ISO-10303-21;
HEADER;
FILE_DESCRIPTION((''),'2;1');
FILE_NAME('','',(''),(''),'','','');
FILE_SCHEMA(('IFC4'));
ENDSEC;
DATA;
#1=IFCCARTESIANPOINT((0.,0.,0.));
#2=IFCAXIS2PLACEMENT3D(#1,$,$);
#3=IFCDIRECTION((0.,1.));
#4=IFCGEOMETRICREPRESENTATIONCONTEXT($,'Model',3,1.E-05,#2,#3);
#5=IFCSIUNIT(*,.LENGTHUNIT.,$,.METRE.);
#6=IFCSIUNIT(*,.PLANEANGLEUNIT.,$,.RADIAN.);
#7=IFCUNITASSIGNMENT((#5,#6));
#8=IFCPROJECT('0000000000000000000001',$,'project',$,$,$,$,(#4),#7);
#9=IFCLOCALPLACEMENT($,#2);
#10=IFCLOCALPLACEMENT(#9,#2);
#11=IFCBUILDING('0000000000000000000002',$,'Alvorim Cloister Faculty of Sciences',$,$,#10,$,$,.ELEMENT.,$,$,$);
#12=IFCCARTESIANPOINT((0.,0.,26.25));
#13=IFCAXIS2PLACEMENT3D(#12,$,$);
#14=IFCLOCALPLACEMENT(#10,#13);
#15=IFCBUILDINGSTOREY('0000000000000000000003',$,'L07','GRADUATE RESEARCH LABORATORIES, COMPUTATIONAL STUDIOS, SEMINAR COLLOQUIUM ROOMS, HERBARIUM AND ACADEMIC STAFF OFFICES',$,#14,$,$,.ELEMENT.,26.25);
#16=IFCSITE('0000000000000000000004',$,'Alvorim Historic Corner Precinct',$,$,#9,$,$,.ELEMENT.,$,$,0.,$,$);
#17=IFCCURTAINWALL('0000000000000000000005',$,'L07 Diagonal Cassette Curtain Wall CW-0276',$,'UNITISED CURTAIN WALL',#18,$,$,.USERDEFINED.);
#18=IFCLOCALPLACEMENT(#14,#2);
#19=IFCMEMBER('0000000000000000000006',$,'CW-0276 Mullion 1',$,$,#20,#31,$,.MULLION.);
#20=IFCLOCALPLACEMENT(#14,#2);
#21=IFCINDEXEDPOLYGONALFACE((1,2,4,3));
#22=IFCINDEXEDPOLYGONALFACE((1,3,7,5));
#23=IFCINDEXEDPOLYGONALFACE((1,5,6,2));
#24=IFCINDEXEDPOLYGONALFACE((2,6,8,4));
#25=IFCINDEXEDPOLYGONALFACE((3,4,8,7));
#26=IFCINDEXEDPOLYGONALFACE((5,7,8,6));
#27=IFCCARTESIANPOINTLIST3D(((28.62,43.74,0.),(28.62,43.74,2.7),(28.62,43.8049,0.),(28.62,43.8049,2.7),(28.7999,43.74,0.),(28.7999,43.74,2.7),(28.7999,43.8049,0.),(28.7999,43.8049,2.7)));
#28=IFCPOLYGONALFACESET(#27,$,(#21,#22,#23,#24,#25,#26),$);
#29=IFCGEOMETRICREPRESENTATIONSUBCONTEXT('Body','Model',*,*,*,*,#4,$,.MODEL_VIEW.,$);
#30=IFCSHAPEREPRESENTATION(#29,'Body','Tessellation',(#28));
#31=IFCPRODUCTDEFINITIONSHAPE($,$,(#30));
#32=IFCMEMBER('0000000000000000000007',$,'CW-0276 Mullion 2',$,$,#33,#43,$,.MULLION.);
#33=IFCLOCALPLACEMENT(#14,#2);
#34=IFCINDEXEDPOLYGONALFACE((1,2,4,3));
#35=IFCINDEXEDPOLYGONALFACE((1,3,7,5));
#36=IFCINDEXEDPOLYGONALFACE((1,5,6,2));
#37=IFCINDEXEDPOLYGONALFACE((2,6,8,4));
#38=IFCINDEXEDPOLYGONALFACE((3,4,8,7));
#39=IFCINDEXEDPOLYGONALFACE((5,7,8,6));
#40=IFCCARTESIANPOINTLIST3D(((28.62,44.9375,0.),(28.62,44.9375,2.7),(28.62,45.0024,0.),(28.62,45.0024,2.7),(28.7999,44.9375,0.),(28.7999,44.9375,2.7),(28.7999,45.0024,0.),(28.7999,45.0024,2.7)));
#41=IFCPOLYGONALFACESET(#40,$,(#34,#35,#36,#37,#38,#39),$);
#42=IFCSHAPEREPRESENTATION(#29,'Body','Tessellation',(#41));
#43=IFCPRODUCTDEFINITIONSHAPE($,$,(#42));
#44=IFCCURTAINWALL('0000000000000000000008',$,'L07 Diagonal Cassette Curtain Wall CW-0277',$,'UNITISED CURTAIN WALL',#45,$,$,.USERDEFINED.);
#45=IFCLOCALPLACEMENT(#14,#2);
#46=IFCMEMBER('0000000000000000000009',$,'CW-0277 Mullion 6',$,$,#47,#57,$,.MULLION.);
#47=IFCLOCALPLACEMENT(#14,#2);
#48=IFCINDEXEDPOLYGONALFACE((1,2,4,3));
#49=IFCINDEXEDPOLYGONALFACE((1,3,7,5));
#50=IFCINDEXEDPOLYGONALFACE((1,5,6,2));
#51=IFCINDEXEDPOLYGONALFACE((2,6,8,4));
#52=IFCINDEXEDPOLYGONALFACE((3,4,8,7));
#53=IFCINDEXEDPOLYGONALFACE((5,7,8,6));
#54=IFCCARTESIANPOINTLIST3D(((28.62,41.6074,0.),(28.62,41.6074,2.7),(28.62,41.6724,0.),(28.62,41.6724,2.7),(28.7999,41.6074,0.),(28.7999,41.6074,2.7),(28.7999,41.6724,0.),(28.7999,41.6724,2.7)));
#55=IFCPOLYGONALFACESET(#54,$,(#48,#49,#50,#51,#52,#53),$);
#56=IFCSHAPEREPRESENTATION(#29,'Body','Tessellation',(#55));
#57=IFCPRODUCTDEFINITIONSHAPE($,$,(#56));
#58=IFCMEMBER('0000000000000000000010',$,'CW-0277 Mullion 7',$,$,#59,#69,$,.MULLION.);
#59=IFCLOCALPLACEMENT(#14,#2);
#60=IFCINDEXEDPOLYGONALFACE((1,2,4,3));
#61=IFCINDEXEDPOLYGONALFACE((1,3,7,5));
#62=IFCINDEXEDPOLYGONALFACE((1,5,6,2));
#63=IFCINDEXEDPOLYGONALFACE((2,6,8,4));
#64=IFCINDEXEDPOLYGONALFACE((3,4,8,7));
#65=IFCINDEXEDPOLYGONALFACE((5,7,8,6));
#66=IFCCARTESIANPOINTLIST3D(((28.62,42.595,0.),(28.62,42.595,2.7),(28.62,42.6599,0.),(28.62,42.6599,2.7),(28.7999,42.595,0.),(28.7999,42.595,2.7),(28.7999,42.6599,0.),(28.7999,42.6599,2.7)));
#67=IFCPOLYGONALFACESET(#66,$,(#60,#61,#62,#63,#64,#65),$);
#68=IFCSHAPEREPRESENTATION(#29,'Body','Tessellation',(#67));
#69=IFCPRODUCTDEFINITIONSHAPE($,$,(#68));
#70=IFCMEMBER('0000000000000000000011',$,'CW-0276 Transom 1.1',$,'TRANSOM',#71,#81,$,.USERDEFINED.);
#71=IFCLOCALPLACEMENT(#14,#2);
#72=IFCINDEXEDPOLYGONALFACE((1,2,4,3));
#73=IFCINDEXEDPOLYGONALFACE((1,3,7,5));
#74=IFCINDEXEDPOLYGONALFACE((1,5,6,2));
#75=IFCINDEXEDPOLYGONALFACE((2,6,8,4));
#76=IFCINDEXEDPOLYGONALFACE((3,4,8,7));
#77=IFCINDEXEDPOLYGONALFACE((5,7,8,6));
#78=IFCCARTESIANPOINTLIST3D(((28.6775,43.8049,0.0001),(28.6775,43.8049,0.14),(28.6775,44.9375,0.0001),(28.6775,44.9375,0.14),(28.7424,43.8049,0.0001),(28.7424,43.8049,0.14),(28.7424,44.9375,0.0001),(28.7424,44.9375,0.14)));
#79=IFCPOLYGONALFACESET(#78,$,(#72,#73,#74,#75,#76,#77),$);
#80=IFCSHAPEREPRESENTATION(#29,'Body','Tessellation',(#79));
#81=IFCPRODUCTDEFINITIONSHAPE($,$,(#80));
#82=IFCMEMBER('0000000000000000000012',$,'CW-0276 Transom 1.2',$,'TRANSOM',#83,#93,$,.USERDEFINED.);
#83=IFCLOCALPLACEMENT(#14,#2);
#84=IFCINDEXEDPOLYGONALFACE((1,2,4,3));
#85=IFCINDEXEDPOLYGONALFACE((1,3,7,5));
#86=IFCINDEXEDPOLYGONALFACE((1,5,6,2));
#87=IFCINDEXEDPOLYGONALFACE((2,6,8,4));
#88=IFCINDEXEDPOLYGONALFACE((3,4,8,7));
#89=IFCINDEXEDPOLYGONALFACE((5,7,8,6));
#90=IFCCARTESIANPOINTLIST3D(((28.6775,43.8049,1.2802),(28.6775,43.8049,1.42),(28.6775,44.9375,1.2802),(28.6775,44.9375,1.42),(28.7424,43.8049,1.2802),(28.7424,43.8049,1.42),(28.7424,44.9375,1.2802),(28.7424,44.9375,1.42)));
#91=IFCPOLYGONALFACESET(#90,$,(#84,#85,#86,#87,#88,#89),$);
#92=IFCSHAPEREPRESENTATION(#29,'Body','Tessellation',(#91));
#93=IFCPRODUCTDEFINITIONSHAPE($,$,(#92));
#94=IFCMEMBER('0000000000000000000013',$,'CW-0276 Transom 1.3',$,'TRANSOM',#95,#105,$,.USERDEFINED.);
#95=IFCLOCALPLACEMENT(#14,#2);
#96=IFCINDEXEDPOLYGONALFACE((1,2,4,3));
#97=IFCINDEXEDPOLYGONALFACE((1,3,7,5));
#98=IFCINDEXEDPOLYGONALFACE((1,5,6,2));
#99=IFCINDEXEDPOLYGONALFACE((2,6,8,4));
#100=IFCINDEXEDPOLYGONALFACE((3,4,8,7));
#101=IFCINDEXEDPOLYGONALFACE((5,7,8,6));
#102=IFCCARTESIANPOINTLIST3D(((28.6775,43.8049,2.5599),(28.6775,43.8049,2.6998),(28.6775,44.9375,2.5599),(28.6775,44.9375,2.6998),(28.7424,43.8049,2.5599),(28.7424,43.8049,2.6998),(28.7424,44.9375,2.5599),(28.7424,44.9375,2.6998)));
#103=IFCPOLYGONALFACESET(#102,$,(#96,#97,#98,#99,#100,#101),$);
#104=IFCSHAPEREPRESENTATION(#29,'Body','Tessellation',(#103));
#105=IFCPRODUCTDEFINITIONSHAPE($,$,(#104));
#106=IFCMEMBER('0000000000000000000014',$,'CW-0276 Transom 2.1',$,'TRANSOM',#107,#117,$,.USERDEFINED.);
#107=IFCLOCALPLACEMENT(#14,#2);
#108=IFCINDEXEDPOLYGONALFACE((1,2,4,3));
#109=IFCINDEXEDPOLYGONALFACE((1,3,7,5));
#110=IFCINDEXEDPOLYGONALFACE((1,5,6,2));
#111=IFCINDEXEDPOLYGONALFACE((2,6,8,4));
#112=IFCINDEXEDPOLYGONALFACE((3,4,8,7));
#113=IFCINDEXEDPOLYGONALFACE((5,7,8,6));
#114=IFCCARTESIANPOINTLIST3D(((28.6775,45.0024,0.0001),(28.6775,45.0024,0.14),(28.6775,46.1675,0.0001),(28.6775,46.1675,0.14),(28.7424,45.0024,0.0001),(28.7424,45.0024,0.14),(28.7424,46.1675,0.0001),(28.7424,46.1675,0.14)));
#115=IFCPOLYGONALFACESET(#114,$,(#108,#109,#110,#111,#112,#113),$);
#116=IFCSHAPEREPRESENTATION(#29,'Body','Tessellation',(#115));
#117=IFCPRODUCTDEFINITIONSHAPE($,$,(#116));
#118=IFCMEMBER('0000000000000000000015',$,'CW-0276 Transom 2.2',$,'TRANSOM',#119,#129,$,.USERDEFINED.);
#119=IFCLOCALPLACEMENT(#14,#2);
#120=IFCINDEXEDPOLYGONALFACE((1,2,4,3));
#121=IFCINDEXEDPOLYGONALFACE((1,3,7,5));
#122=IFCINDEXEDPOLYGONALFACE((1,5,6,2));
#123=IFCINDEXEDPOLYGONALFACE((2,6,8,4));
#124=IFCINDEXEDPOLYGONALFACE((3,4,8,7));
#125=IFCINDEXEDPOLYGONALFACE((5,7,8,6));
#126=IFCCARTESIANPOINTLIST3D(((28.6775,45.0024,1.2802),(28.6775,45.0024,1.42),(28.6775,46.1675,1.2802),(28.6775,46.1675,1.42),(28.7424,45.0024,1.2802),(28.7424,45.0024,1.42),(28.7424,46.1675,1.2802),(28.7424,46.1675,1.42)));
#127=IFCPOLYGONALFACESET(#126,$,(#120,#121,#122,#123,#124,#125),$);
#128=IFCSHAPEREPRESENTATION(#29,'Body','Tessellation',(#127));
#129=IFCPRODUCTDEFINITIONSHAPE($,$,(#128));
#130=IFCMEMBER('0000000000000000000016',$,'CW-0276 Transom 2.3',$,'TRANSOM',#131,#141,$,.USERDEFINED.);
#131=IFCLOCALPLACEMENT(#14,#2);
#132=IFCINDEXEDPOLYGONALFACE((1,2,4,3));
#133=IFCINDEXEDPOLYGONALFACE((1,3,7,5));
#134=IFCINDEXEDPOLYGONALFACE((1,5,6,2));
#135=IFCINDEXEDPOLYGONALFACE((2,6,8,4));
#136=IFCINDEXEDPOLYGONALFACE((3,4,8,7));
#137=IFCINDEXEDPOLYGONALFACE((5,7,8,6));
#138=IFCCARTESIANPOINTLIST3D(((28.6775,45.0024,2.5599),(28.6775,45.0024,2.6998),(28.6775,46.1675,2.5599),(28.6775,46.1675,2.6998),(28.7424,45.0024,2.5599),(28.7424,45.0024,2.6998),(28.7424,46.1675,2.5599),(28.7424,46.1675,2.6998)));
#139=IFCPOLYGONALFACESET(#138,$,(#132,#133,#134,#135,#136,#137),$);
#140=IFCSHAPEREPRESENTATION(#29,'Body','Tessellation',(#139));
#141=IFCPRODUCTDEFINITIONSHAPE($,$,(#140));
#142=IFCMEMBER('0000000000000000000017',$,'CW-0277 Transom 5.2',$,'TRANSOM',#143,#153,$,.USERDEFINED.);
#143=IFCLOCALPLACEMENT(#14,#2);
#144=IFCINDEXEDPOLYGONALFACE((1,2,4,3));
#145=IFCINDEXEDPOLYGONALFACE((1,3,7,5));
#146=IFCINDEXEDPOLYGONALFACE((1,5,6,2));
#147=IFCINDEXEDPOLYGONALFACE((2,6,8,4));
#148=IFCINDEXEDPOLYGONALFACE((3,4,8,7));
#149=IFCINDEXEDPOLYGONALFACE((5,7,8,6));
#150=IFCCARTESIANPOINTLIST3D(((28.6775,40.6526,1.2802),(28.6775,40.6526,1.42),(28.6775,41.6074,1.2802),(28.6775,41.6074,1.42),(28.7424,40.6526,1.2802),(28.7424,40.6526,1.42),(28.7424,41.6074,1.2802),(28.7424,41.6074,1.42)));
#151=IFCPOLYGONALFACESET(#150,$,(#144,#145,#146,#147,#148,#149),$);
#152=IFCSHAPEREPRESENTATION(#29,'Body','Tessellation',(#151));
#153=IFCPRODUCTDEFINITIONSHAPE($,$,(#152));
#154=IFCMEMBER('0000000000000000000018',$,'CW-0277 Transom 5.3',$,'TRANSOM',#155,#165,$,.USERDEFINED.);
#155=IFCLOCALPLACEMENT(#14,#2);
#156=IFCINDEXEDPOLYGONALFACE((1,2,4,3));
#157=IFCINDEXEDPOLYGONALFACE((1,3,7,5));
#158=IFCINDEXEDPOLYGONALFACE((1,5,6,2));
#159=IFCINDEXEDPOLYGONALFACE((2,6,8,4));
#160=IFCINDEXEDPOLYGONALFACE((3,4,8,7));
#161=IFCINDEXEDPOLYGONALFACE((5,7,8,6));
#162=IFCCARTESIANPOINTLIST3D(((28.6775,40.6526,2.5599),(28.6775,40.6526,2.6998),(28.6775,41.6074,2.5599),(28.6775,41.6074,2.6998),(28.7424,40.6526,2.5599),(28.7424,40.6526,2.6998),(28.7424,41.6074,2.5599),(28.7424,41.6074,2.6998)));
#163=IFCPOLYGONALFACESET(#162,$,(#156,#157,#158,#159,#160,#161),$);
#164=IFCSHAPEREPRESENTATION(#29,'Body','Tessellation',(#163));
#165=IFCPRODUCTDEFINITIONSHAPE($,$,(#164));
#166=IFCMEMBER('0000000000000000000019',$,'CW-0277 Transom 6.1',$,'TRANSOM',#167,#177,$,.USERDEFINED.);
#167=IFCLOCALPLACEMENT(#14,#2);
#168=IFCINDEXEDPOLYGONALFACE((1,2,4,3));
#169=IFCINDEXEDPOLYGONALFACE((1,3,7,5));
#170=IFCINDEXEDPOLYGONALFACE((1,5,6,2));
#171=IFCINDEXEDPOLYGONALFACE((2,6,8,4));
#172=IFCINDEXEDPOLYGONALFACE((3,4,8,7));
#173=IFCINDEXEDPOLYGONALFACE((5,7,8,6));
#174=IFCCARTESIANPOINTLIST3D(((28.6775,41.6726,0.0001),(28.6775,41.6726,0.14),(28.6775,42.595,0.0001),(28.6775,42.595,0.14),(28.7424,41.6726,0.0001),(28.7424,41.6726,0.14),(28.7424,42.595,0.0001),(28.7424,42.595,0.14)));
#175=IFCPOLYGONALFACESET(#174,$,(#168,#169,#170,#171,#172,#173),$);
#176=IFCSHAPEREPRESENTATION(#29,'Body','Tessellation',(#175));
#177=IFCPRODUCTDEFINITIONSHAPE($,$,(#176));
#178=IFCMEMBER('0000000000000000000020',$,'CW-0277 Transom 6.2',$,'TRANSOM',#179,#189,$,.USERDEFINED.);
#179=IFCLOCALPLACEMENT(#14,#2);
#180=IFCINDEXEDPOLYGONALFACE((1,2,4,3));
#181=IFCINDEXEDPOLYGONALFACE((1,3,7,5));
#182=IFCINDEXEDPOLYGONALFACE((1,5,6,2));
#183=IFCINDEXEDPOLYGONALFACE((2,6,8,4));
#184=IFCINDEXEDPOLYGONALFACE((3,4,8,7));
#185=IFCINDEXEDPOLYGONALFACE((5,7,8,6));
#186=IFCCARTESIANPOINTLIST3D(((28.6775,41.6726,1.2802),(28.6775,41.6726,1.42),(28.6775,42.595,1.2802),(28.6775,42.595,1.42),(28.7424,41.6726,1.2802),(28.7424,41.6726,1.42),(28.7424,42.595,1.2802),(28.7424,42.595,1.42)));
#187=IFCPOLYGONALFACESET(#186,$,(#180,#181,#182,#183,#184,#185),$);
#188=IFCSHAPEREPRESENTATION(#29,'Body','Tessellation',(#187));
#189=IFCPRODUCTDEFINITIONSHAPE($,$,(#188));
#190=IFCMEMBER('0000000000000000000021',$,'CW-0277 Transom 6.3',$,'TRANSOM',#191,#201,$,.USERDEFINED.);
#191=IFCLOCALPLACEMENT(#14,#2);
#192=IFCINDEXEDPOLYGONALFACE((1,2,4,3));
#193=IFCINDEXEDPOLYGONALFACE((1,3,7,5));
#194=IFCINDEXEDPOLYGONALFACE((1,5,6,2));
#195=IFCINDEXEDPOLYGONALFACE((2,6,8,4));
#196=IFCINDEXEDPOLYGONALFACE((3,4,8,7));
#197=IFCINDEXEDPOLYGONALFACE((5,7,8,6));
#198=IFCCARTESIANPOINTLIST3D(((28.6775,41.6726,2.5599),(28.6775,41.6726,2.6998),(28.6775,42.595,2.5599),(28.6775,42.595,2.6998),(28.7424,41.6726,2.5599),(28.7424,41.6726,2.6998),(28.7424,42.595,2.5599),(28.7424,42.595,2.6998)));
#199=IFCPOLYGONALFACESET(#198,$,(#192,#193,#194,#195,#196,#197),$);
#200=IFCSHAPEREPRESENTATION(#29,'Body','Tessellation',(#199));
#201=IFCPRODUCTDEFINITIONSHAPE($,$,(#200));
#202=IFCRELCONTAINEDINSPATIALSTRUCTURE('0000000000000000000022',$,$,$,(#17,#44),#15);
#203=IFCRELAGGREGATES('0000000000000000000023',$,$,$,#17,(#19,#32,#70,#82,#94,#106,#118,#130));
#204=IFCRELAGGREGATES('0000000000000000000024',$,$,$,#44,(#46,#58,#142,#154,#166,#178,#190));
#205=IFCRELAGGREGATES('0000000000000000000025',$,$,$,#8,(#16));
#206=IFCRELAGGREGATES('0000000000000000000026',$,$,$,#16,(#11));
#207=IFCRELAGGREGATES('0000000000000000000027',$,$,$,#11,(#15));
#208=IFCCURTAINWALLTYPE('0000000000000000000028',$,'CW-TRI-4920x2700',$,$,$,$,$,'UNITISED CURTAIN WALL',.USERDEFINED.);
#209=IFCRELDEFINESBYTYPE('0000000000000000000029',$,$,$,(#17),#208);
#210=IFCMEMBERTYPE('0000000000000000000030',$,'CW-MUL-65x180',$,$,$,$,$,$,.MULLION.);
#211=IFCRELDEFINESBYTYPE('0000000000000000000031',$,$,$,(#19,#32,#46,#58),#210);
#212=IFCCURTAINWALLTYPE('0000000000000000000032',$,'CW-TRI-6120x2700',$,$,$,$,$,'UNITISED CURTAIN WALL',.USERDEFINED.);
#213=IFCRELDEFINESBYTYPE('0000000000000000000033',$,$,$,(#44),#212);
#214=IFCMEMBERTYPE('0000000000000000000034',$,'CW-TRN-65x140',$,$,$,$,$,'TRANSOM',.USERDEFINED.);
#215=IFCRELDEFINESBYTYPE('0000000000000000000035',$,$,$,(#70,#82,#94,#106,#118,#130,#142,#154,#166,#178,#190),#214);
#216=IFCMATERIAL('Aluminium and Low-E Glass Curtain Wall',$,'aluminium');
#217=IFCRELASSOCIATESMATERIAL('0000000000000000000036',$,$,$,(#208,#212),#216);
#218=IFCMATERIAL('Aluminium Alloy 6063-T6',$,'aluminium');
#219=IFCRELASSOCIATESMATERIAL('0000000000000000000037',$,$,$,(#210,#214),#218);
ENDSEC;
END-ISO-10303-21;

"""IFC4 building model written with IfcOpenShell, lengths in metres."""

from ifc_helpers import new_model, si_unit, direction, frame, origin, origin_2d, place, context, subcontext, project, spatial, rectangle, extrude, material, material_profile, profile_set, type_object, element, aggregate, save


model = new_model("IFC4")

# Units and contexts
model_context = context("Model", 3, precision=1e-05, world=origin(), true_north=direction((0.0, 1.0)))
body_context = subcontext(model_context, "Body", "Model", "MODEL_VIEW")
ifc_project = project(units=[si_unit("LENGTHUNIT", "METRE"), si_unit("PLANEANGLEUNIT", "RADIAN")], contexts=[model_context])

# Site, building, storey
site_placement = place(None, origin())
site = spatial("IfcSite", under=ifc_project, at=site_placement, Name="Alvorim Historic Corner Precinct", CompositionType="ELEMENT", RefElevation=0.0)
building_placement = place(site_placement, origin())
building = spatial("IfcBuilding", under=site, at=building_placement, Name="Alvorim Cloister Faculty of Sciences", CompositionType="ELEMENT")
storey_placement = place(building_placement, frame((0.0, 0.0, 26.25)))
storey = spatial("IfcBuildingStorey", under=building, at=storey_placement, Name="L07", Description="GRADUATE RESEARCH LABORATORIES, COMPUTATIONAL STUDIOS, SEMINAR COLLOQUIUM ROOMS, HERBARIUM AND ACADEMIC STAFF OFFICES", CompositionType="ELEMENT", Elevation=26.25)

# Curtain walls, members
ifc_material_1 = material(Name="Aluminium and Low-E Glass Curtain Wall", Category="aluminium")
curtain_wall_type_1 = type_object("IfcCurtainWallType", Name="CW-TRI-4920x2700", ElementType="UNITISED CURTAIN WALL", PredefinedType="USERDEFINED", material=ifc_material_1)
curtain_wall_1_placement = place(storey_placement, origin())
curtain_wall_1 = element("IfcCurtainWall", 1, at=curtain_wall_1_placement, inside=storey, type_object=curtain_wall_type_1, Name="L07 Diagonal Cassette Curtain Wall CW-0276", ObjectType="UNITISED CURTAIN WALL", PredefinedType="USERDEFINED")
ifc_material_2 = material(Name="Aluminium Alloy 6063-T6", Category="aluminium")
ifc_material_profile_1 = material_profile(ifc_material_2, rectangle(XDim=0.0649, YDim=0.1799, at=origin_2d()), Name="ALU-MUL-65x180")
ifc_profile_set_1 = profile_set([ifc_material_profile_1], Name="Aluminium Alloy 6063-T6")
member_type_1 = type_object("IfcMemberType", Name="CW-MUL-65x180", PredefinedType="MULLION", material=ifc_profile_set_1)
member_1_placement = place(storey_placement, frame((28.71, 43.7725, 0.0), z_axis=(0.0, 0.0, 1.0), x_axis=(0.0, 1.0, 0.0)))
member_1 = element("IfcMember", 2, at=member_1_placement, type_object=member_type_1, Name="CW-0276 Mullion 1", PredefinedType="MULLION", context=body_context, shape_type="SweptSolid", body=[
    extrude(rectangle(XDim=0.0649, YDim=0.1799, at=origin_2d()), origin(), (0.0, 0.0, 1.0), 2.7),
])
member_2_placement = place(storey_placement, frame((28.71, 44.97, 0.0), z_axis=(0.0, 0.0, 1.0), x_axis=(0.0, 1.0, 0.0)))
member_2 = element("IfcMember", 3, at=member_2_placement, type_object=member_type_1, Name="CW-0276 Mullion 2", PredefinedType="MULLION", context=body_context, shape_type="SweptSolid", body=[
    extrude(rectangle(XDim=0.0649, YDim=0.1799, at=origin_2d()), origin(), (0.0, 0.0, 1.0), 2.7),
])
curtain_wall_type_2 = type_object("IfcCurtainWallType", Name="CW-TRI-6120x2700", ElementType="UNITISED CURTAIN WALL", PredefinedType="USERDEFINED", material=ifc_material_1)
curtain_wall_2_placement = place(storey_placement, origin())
curtain_wall_2 = element("IfcCurtainWall", 4, at=curtain_wall_2_placement, inside=storey, type_object=curtain_wall_type_2, Name="L07 Diagonal Cassette Curtain Wall CW-0277", ObjectType="UNITISED CURTAIN WALL", PredefinedType="USERDEFINED")
member_3_placement = place(storey_placement, frame((28.71, 41.6399, 0.0), z_axis=(0.0, 0.0, 1.0), x_axis=(0.0, 1.0, 0.0)))
member_3 = element("IfcMember", 5, at=member_3_placement, type_object=member_type_1, Name="CW-0277 Mullion 6", PredefinedType="MULLION", context=body_context, shape_type="SweptSolid", body=[
    extrude(rectangle(XDim=0.0649, YDim=0.1799, at=origin_2d()), origin(), (0.0, 0.0, 1.0), 2.7),
])
member_4_placement = place(storey_placement, frame((28.71, 42.6274, 0.0), z_axis=(0.0, 0.0, 1.0), x_axis=(0.0, 1.0, 0.0)))
member_4 = element("IfcMember", 6, at=member_4_placement, type_object=member_type_1, Name="CW-0277 Mullion 7", PredefinedType="MULLION", context=body_context, shape_type="SweptSolid", body=[
    extrude(rectangle(XDim=0.0649, YDim=0.1799, at=origin_2d()), origin(), (0.0, 0.0, 1.0), 2.7),
])

# Members
ifc_material_profile_2 = material_profile(ifc_material_2, rectangle(XDim=0.0649, YDim=0.1399, at=origin_2d()), Name="ALU-TRN-65x140")
ifc_profile_set_2 = profile_set([ifc_material_profile_2], Name="Aluminium Alloy 6063-T6")
member_type_2 = type_object("IfcMemberType", Name="CW-TRN-65x140", ElementType="TRANSOM", PredefinedType="USERDEFINED", material=ifc_profile_set_2)
member_5_placement = place(storey_placement, frame((28.71, 43.8049, 0.0701), z_axis=(0.0, 1.0, 0.0), x_axis=(-1.0, 0.0, 0.0)))
member_5 = element("IfcMember", 7, at=member_5_placement, type_object=member_type_2, Name="CW-0276 Transom 1.1", ObjectType="TRANSOM", PredefinedType="USERDEFINED", context=body_context, shape_type="SweptSolid", body=[
    extrude(rectangle(XDim=0.0649, YDim=0.1399, at=origin_2d()), origin(), (0.0, 0.0, 1.0), 1.1326),
])
member_6_placement = place(storey_placement, frame((28.71, 43.8049, 1.3501), z_axis=(0.0, 1.0, 0.0), x_axis=(-1.0, 0.0, 0.0)))
member_6 = element("IfcMember", 8, at=member_6_placement, type_object=member_type_2, Name="CW-0276 Transom 1.2", ObjectType="TRANSOM", PredefinedType="USERDEFINED", context=body_context, shape_type="SweptSolid", body=[
    extrude(rectangle(XDim=0.0649, YDim=0.1399, at=origin_2d()), origin(), (0.0, 0.0, 1.0), 1.1326),
])
member_7_placement = place(storey_placement, frame((28.71, 43.8049, 2.6299), z_axis=(0.0, 1.0, 0.0), x_axis=(-1.0, 0.0, 0.0)))
member_7 = element("IfcMember", 9, at=member_7_placement, type_object=member_type_2, Name="CW-0276 Transom 1.3", ObjectType="TRANSOM", PredefinedType="USERDEFINED", context=body_context, shape_type="SweptSolid", body=[
    extrude(rectangle(XDim=0.0649, YDim=0.1399, at=origin_2d()), origin(), (0.0, 0.0, 1.0), 1.1326),
])
member_8_placement = place(storey_placement, frame((28.71, 45.0024, 0.0701), z_axis=(0.0, 1.0, 0.0), x_axis=(-1.0, 0.0, 0.0)))
member_8 = element("IfcMember", 10, at=member_8_placement, type_object=member_type_2, Name="CW-0276 Transom 2.1", ObjectType="TRANSOM", PredefinedType="USERDEFINED", context=body_context, shape_type="SweptSolid", body=[
    extrude(rectangle(XDim=0.0649, YDim=0.1399, at=origin_2d()), origin(), (0.0, 0.0, 1.0), 1.165),
])
member_9_placement = place(storey_placement, frame((28.71, 45.0024, 1.3501), z_axis=(0.0, 1.0, 0.0), x_axis=(-1.0, 0.0, 0.0)))
member_9 = element("IfcMember", 11, at=member_9_placement, type_object=member_type_2, Name="CW-0276 Transom 2.2", ObjectType="TRANSOM", PredefinedType="USERDEFINED", context=body_context, shape_type="SweptSolid", body=[
    extrude(rectangle(XDim=0.0649, YDim=0.1399, at=origin_2d()), origin(), (0.0, 0.0, 1.0), 1.165),
])
member_10_placement = place(storey_placement, frame((28.71, 45.0024, 2.6299), z_axis=(0.0, 1.0, 0.0), x_axis=(-1.0, 0.0, 0.0)))
member_10 = element("IfcMember", 12, at=member_10_placement, type_object=member_type_2, Name="CW-0276 Transom 2.3", ObjectType="TRANSOM", PredefinedType="USERDEFINED", context=body_context, shape_type="SweptSolid", body=[
    extrude(rectangle(XDim=0.0649, YDim=0.1399, at=origin_2d()), origin(), (0.0, 0.0, 1.0), 1.165),
])
aggregate(curtain_wall_1, [member_1, member_2, member_5, member_6, member_7, member_8, member_9, member_10])
member_11_placement = place(storey_placement, frame((28.71, 40.6526, 1.3501), z_axis=(0.0, 1.0, 0.0), x_axis=(-1.0, 0.0, 0.0)))
member_11 = element("IfcMember", 13, at=member_11_placement, type_object=member_type_2, Name="CW-0277 Transom 5.2", ObjectType="TRANSOM", PredefinedType="USERDEFINED", context=body_context, shape_type="SweptSolid", body=[
    extrude(rectangle(XDim=0.0649, YDim=0.1399, at=origin_2d()), origin(), (0.0, 0.0, 1.0), 0.9548),
])
member_12_placement = place(storey_placement, frame((28.71, 40.6526, 2.6299), z_axis=(0.0, 1.0, 0.0), x_axis=(-1.0, 0.0, 0.0)))
member_12 = element("IfcMember", 14, at=member_12_placement, type_object=member_type_2, Name="CW-0277 Transom 5.3", ObjectType="TRANSOM", PredefinedType="USERDEFINED", context=body_context, shape_type="SweptSolid", body=[
    extrude(rectangle(XDim=0.0649, YDim=0.1399, at=origin_2d()), origin(), (0.0, 0.0, 1.0), 0.9548),
])
member_13_placement = place(storey_placement, frame((28.71, 41.6726, 0.0701), z_axis=(0.0, 1.0, 0.0), x_axis=(-1.0, 0.0, 0.0)))
member_13 = element("IfcMember", 15, at=member_13_placement, type_object=member_type_2, Name="CW-0277 Transom 6.1", ObjectType="TRANSOM", PredefinedType="USERDEFINED", context=body_context, shape_type="SweptSolid", body=[
    extrude(rectangle(XDim=0.0649, YDim=0.1399, at=origin_2d()), origin(), (0.0, 0.0, 1.0), 0.9224),
])
member_14_placement = place(storey_placement, frame((28.71, 41.6726, 1.3501), z_axis=(0.0, 1.0, 0.0), x_axis=(-1.0, 0.0, 0.0)))
member_14 = element("IfcMember", 16, at=member_14_placement, type_object=member_type_2, Name="CW-0277 Transom 6.2", ObjectType="TRANSOM", PredefinedType="USERDEFINED", context=body_context, shape_type="SweptSolid", body=[
    extrude(rectangle(XDim=0.0649, YDim=0.1399, at=origin_2d()), origin(), (0.0, 0.0, 1.0), 0.9224),
])
member_15_placement = place(storey_placement, frame((28.71, 41.6726, 2.6299), z_axis=(0.0, 1.0, 0.0), x_axis=(-1.0, 0.0, 0.0)))
member_15 = element("IfcMember", 17, at=member_15_placement, type_object=member_type_2, Name="CW-0277 Transom 6.3", ObjectType="TRANSOM", PredefinedType="USERDEFINED", context=body_context, shape_type="SweptSolid", body=[
    extrude(rectangle(XDim=0.0649, YDim=0.1399, at=origin_2d()), origin(), (0.0, 0.0, 1.0), 0.9224),
])
aggregate(curtain_wall_2, [member_3, member_4, member_11, member_12, member_13, member_14, member_15])

save(model, "model.ifc")
